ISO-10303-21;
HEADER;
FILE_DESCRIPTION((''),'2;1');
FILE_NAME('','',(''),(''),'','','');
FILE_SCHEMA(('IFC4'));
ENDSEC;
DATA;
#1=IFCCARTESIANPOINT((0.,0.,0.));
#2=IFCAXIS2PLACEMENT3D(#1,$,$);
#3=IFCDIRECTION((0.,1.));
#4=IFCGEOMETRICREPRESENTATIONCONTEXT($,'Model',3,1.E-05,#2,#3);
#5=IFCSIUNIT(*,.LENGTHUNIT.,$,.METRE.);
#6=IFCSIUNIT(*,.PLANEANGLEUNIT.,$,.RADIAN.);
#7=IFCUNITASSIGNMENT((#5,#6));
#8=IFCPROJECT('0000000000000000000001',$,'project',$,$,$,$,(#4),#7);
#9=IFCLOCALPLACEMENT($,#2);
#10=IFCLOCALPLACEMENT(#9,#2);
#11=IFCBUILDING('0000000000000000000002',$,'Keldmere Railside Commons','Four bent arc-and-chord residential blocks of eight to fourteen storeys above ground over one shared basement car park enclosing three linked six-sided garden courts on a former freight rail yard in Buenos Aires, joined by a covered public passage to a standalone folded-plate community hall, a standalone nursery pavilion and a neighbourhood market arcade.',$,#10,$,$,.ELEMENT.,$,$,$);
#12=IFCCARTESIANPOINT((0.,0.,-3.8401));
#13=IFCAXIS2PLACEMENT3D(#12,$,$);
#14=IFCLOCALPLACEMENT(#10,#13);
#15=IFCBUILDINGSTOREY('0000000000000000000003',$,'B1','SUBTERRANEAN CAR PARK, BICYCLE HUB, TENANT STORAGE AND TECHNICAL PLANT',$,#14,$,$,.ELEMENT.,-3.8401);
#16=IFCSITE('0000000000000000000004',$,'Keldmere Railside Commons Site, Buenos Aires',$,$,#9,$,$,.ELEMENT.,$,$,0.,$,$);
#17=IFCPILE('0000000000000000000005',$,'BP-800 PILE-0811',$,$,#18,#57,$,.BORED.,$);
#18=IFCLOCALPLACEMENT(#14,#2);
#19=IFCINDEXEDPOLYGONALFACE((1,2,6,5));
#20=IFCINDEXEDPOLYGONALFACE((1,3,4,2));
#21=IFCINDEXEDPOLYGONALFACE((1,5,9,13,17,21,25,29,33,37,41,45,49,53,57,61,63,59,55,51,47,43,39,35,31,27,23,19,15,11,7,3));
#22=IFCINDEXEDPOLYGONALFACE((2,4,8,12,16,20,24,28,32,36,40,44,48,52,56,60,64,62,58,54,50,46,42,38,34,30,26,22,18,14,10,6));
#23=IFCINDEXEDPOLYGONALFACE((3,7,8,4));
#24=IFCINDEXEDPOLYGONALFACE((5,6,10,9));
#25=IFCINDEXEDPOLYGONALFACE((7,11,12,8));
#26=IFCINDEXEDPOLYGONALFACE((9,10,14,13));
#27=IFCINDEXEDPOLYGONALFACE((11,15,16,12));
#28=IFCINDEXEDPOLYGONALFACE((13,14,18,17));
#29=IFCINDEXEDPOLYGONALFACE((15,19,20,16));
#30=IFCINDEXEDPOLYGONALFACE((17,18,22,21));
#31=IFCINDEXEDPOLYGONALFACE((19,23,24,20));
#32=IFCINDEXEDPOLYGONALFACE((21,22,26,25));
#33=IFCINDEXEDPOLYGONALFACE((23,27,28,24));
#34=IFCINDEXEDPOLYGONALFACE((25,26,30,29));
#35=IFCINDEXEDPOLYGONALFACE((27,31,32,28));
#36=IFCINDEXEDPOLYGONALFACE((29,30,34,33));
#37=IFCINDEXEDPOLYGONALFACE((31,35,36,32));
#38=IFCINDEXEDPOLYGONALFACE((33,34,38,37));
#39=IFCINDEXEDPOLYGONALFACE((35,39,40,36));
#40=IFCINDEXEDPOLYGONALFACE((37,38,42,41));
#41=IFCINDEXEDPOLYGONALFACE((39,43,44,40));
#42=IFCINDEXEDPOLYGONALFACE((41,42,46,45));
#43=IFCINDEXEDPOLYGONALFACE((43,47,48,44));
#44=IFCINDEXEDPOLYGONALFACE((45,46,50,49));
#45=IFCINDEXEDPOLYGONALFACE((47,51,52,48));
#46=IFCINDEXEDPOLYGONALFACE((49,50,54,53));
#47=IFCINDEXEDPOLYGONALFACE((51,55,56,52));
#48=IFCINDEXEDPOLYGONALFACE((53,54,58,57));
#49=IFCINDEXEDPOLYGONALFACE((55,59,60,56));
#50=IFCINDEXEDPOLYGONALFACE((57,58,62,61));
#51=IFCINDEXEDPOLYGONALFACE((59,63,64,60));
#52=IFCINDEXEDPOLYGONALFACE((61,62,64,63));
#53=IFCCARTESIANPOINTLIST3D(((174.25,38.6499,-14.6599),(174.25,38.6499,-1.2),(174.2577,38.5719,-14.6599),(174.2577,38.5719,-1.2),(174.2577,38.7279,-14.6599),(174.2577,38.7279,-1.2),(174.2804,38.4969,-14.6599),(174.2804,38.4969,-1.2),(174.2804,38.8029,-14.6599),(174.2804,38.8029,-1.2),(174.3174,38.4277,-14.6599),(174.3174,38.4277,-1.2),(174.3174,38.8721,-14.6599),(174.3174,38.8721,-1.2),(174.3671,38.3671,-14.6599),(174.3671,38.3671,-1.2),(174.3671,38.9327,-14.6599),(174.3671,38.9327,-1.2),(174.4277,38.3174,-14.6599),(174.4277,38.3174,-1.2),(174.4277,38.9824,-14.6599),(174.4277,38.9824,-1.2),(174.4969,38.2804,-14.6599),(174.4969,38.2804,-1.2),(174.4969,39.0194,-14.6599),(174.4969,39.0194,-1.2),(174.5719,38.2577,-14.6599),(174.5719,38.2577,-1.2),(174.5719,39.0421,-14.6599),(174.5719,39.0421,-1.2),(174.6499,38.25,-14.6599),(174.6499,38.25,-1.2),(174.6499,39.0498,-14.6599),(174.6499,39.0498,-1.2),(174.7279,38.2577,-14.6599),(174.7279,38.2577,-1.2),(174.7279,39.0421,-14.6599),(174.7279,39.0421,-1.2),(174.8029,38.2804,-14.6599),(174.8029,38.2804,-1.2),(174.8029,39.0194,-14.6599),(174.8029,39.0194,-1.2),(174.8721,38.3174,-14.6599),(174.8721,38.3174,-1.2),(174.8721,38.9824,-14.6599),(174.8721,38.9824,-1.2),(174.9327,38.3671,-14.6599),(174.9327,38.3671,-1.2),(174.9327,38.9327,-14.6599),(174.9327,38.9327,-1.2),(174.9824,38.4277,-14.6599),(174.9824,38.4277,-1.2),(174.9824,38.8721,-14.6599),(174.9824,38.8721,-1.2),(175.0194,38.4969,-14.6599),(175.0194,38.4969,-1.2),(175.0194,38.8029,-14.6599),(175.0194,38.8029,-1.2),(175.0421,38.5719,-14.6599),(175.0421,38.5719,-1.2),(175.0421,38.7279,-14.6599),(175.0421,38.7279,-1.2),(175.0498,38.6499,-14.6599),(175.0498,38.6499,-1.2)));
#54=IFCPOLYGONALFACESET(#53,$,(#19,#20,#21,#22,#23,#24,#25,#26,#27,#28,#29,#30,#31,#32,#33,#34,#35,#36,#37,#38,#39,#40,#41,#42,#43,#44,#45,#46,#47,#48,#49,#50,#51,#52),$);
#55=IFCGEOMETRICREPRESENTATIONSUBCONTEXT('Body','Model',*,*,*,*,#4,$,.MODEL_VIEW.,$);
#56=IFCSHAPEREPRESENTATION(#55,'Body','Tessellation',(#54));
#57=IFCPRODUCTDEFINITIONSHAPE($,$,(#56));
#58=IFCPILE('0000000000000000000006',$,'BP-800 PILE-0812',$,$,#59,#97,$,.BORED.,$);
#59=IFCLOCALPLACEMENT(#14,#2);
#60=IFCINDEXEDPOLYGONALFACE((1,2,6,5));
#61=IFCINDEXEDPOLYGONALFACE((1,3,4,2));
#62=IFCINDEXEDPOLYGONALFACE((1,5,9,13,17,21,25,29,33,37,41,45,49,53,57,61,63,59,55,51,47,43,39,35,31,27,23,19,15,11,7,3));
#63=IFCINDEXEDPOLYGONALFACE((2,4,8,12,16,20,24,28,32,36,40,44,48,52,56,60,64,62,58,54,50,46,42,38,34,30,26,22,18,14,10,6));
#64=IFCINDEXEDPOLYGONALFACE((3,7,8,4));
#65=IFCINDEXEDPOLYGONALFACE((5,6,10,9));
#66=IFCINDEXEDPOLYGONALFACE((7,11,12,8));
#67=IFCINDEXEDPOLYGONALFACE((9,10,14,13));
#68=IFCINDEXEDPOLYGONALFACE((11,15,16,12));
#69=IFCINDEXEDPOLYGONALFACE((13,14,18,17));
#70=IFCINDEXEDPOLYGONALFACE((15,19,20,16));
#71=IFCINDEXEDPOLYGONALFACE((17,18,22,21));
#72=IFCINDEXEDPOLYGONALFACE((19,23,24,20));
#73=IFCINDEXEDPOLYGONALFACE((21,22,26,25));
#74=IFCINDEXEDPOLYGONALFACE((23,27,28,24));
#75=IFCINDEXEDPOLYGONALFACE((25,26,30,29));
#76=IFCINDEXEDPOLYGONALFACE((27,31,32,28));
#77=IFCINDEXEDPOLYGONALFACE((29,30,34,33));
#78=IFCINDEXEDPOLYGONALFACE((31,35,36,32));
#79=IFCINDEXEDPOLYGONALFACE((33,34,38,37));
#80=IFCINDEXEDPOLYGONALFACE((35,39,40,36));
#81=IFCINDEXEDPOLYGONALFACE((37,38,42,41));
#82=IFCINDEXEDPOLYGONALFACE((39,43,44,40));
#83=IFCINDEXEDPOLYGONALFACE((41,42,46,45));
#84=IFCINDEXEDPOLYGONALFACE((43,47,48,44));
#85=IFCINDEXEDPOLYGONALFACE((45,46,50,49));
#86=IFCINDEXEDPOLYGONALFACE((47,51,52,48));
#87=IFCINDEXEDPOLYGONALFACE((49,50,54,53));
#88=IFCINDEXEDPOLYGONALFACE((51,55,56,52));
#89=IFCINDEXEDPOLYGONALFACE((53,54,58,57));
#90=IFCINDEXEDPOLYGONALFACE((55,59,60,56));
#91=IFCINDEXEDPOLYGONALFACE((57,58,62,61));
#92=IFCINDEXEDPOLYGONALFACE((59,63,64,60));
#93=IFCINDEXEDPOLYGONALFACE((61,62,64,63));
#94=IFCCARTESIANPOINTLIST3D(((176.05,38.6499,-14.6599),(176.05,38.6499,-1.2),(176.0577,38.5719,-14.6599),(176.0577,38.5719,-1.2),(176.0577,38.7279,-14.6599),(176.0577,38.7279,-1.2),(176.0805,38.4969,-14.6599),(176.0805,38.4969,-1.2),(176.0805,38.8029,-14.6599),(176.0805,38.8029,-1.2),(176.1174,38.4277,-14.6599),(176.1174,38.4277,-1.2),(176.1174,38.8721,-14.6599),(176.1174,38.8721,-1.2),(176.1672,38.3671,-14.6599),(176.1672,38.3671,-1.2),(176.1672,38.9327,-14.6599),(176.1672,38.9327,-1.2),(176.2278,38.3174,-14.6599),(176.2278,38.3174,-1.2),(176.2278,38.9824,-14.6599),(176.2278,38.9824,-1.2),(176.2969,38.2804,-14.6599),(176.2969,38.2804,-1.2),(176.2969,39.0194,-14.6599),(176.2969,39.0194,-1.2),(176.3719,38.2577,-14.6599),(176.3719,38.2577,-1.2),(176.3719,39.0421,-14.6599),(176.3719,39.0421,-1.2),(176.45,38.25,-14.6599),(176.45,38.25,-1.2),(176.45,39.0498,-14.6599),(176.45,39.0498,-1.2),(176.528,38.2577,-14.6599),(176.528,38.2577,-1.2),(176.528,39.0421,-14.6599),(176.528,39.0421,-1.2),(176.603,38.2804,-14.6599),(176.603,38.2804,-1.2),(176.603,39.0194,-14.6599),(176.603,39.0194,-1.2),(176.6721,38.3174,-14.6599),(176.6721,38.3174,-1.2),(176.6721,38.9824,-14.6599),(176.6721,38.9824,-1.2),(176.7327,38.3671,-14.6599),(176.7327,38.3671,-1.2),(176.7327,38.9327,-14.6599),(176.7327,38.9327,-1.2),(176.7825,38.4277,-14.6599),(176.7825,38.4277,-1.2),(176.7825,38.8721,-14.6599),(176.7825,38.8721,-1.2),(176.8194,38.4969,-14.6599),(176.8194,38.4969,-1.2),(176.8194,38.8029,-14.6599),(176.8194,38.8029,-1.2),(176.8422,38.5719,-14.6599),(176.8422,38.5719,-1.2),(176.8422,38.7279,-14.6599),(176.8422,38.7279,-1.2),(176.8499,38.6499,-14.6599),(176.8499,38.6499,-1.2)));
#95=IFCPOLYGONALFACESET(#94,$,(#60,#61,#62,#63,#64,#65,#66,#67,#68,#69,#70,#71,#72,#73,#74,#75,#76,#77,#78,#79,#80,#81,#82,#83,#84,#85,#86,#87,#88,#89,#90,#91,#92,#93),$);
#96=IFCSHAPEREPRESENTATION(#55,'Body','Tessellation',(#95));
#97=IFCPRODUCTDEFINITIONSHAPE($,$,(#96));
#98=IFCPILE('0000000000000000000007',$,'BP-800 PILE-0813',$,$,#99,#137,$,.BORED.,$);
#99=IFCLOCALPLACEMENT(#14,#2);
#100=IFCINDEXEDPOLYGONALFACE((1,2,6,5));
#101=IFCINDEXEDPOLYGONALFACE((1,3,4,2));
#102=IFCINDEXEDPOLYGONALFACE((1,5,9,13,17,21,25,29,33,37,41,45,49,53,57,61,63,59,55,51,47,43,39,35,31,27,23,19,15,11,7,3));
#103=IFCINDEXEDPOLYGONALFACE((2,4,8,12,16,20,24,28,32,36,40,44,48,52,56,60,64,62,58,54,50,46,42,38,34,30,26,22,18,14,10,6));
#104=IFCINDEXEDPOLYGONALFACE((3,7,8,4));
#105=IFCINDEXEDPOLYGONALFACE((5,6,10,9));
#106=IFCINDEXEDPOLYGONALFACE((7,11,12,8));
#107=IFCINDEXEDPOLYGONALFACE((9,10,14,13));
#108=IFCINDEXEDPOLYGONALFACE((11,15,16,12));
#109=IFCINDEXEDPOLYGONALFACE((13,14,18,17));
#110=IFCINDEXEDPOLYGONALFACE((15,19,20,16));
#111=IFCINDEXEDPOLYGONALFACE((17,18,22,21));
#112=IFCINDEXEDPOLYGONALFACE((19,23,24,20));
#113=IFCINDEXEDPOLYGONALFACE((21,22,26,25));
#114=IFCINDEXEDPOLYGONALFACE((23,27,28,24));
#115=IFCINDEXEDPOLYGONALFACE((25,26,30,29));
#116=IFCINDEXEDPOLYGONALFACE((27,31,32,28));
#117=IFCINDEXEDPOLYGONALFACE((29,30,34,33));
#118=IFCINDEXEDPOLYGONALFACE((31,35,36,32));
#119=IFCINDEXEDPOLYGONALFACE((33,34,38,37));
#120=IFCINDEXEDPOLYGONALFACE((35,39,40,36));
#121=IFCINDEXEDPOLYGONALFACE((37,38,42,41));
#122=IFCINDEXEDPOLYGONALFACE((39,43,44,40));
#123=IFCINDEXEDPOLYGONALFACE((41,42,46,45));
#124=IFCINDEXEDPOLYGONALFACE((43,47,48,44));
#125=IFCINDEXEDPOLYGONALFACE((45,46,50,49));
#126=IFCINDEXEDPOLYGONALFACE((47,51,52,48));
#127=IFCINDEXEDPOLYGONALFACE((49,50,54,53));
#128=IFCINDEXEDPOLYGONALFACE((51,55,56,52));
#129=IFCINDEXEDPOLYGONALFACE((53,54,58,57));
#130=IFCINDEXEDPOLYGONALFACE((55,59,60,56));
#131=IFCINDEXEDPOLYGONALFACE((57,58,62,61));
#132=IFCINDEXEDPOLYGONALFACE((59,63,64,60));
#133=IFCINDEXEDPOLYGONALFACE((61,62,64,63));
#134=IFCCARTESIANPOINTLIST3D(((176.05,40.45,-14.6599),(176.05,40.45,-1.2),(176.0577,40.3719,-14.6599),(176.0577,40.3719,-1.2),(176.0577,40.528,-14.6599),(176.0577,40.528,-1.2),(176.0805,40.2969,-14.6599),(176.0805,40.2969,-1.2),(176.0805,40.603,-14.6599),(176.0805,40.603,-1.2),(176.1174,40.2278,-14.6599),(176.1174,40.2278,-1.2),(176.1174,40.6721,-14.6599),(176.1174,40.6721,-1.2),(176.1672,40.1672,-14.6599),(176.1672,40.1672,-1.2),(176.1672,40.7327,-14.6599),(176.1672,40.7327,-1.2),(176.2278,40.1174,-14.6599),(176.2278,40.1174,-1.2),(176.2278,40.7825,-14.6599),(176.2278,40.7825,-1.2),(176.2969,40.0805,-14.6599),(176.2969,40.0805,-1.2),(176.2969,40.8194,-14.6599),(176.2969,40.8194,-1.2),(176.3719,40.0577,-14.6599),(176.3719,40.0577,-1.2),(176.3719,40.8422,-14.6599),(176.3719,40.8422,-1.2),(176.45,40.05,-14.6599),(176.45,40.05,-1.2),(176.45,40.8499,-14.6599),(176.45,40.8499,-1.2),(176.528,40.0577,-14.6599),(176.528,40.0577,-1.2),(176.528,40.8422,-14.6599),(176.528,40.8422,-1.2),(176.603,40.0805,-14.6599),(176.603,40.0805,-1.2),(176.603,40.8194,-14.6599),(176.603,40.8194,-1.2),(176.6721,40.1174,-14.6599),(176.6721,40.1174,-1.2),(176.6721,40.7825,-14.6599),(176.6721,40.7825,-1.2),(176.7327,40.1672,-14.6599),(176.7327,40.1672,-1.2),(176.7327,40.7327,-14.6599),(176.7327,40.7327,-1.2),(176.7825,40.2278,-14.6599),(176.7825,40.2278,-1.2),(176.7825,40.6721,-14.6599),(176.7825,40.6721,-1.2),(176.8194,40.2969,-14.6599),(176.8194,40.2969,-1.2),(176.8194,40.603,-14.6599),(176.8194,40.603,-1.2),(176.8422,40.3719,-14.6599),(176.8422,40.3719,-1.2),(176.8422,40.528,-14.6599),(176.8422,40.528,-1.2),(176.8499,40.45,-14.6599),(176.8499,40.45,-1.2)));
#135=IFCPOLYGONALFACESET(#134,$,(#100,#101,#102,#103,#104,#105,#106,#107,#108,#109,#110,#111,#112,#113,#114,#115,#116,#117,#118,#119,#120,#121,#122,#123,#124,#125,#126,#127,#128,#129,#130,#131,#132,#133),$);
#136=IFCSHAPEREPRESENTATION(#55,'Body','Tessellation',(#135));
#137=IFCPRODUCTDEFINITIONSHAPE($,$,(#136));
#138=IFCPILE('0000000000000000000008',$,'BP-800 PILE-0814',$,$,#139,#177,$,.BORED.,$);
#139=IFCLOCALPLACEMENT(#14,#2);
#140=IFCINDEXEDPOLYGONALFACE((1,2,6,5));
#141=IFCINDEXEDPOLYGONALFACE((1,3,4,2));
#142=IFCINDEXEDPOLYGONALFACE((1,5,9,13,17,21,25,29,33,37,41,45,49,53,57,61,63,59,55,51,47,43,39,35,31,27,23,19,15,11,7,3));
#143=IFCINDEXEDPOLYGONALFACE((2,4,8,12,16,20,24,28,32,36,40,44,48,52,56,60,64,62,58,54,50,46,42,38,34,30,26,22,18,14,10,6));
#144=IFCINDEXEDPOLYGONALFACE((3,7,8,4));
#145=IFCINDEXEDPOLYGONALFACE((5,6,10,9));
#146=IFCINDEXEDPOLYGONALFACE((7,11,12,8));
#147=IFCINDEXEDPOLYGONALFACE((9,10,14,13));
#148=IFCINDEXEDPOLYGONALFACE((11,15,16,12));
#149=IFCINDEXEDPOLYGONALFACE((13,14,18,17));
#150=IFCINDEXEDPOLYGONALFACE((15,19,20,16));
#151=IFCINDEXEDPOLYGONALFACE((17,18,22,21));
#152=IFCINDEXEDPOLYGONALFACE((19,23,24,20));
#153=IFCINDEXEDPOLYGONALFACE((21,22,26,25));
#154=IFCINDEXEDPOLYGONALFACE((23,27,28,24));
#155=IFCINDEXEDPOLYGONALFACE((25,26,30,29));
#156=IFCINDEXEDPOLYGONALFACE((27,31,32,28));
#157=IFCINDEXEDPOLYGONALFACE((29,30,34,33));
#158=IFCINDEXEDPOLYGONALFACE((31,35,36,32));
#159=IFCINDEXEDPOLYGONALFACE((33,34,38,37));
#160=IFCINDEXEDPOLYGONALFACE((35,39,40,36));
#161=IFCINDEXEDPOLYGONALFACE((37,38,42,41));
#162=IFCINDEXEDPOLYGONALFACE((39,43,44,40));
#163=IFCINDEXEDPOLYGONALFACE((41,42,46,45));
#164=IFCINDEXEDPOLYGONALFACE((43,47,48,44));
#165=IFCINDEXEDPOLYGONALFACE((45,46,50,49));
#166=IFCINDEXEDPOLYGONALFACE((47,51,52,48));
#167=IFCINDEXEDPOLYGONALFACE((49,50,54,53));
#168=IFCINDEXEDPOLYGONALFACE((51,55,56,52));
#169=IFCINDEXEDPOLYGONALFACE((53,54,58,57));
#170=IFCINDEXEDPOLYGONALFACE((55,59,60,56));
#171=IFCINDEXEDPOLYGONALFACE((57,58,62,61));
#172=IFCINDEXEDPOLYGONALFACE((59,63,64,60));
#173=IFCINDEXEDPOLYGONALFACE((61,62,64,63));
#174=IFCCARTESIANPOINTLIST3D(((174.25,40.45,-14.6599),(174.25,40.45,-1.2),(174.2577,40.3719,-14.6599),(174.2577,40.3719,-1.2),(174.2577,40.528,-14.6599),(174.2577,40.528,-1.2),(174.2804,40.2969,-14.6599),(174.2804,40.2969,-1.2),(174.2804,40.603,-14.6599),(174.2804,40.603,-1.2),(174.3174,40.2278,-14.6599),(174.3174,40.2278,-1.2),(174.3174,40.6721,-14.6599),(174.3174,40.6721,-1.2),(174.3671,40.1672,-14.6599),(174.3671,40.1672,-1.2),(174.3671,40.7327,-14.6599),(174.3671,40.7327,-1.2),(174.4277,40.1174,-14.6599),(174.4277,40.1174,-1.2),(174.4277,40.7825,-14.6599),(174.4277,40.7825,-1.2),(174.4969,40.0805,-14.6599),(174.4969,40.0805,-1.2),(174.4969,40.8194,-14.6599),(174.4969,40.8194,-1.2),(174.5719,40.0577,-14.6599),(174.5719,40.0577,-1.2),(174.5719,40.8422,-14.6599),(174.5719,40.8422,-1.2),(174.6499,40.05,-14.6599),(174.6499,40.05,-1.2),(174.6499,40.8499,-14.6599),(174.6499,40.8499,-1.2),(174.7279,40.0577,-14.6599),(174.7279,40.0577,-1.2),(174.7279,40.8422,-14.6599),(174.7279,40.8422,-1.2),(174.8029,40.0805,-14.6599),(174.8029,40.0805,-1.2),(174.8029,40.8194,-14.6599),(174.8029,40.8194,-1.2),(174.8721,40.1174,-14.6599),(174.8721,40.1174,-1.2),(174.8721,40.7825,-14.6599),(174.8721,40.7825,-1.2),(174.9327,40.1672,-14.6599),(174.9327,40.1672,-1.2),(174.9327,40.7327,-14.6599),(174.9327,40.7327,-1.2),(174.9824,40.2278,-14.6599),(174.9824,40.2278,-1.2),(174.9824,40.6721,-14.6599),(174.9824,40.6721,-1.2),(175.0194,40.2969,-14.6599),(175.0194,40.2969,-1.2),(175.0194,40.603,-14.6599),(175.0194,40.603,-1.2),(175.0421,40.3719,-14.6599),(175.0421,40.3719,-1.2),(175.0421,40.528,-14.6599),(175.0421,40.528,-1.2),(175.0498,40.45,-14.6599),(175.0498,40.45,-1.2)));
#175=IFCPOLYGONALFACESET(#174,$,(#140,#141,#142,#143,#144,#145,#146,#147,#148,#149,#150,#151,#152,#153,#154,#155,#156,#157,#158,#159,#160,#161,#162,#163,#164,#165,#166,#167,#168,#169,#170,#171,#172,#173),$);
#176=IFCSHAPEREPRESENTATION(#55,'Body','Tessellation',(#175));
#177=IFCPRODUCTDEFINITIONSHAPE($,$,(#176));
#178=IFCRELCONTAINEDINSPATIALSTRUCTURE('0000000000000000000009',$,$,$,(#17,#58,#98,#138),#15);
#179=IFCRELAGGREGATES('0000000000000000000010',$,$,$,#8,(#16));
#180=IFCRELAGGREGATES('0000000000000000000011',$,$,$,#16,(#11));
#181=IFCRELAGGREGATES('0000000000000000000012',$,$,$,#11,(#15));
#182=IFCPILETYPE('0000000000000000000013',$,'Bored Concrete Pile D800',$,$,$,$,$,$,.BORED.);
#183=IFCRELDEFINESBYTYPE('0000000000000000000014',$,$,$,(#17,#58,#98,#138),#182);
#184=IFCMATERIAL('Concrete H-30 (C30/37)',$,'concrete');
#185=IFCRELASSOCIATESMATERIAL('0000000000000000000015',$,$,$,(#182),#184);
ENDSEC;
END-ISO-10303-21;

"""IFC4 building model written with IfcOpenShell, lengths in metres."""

from ifc_helpers import new_model, si_unit, direction, frame, origin, origin_2d, place, context, subcontext, project, spatial, circle, extrude, material, material_profile, profile_set, type_object, element, save


model = new_model("IFC4")

# Units and contexts
model_context = context("Model", 3, precision=1e-05, world=origin(), true_north=direction((0.0, 1.0)))
body_context = subcontext(model_context, "Body", "Model", "MODEL_VIEW")
ifc_project = project(units=[si_unit("LENGTHUNIT", "METRE"), si_unit("PLANEANGLEUNIT", "RADIAN")], contexts=[model_context])

# Site, building, storey
site_placement = place(None, origin())
site = spatial("IfcSite", under=ifc_project, at=site_placement, Name="Keldmere Railside Commons Site, Buenos Aires", CompositionType="ELEMENT", RefElevation=0.0)
building_placement = place(site_placement, origin())
building = spatial("IfcBuilding", under=site, at=building_placement, Name="Keldmere Railside Commons", Description="Four bent arc-and-chord residential blocks of eight to fourteen storeys above ground over one shared basement car park enclosing three linked six-sided garden courts on a former freight rail yard in Buenos Aires, joined by a covered public passage to a standalone folded-plate community hall, a standalone nursery pavilion and a neighbourhood market arcade.", CompositionType="ELEMENT")
storey_placement = place(building_placement, frame((0.0, 0.0, -3.8401)))
storey = spatial("IfcBuildingStorey", under=building, at=storey_placement, Name="B1", Description="SUBTERRANEAN CAR PARK, BICYCLE HUB, TENANT STORAGE AND TECHNICAL PLANT", CompositionType="ELEMENT", Elevation=-3.8401)

# Piles
ifc_material_1 = material(Name="Concrete H-30 (C30/37)", Category="concrete")
ifc_material_profile_1 = material_profile(ifc_material_1, circle(Radius=0.3999, at=origin_2d()), Name="PILE-D800")
ifc_profile_set_1 = profile_set([ifc_material_profile_1], Name="Concrete H-30 (C30/37)")
pile_type_1 = type_object("IfcPileType", Name="Bored Concrete Pile D800", PredefinedType="BORED", material=ifc_profile_set_1)
for number, where, z_axis, x_axis, name in (
    (1, (174.6499, 38.6499, -1.2), (0.0, 0.0, -1.0), (1.0, 0.0, 0.0), "BP-800 PILE-0811"),
    (2, (176.45, 38.6499, -1.2), (0.0, 0.0, -1.0), (1.0, 0.0, 0.0), "BP-800 PILE-0812"),
    (3, (176.45, 40.45, -1.2), (0.0, 0.0, -1.0), (1.0, 0.0, 0.0), "BP-800 PILE-0813"),
    (4, (174.6499, 40.45, -1.2), (0.0, 0.0, -1.0), (1.0, 0.0, 0.0), "BP-800 PILE-0814"),
):
    element("IfcPile", number, at=place(storey_placement, frame(where, z_axis=z_axis, x_axis=x_axis)), inside=storey, type_object=pile_type_1, Name=name, PredefinedType="BORED", context=body_context, shape_type="SweptSolid", body=[
        extrude(circle(Radius=0.3999, at=origin_2d()), origin(), (0.0, 0.0, 1.0), 13.46),
    ])

save(model, "model.ifc")
